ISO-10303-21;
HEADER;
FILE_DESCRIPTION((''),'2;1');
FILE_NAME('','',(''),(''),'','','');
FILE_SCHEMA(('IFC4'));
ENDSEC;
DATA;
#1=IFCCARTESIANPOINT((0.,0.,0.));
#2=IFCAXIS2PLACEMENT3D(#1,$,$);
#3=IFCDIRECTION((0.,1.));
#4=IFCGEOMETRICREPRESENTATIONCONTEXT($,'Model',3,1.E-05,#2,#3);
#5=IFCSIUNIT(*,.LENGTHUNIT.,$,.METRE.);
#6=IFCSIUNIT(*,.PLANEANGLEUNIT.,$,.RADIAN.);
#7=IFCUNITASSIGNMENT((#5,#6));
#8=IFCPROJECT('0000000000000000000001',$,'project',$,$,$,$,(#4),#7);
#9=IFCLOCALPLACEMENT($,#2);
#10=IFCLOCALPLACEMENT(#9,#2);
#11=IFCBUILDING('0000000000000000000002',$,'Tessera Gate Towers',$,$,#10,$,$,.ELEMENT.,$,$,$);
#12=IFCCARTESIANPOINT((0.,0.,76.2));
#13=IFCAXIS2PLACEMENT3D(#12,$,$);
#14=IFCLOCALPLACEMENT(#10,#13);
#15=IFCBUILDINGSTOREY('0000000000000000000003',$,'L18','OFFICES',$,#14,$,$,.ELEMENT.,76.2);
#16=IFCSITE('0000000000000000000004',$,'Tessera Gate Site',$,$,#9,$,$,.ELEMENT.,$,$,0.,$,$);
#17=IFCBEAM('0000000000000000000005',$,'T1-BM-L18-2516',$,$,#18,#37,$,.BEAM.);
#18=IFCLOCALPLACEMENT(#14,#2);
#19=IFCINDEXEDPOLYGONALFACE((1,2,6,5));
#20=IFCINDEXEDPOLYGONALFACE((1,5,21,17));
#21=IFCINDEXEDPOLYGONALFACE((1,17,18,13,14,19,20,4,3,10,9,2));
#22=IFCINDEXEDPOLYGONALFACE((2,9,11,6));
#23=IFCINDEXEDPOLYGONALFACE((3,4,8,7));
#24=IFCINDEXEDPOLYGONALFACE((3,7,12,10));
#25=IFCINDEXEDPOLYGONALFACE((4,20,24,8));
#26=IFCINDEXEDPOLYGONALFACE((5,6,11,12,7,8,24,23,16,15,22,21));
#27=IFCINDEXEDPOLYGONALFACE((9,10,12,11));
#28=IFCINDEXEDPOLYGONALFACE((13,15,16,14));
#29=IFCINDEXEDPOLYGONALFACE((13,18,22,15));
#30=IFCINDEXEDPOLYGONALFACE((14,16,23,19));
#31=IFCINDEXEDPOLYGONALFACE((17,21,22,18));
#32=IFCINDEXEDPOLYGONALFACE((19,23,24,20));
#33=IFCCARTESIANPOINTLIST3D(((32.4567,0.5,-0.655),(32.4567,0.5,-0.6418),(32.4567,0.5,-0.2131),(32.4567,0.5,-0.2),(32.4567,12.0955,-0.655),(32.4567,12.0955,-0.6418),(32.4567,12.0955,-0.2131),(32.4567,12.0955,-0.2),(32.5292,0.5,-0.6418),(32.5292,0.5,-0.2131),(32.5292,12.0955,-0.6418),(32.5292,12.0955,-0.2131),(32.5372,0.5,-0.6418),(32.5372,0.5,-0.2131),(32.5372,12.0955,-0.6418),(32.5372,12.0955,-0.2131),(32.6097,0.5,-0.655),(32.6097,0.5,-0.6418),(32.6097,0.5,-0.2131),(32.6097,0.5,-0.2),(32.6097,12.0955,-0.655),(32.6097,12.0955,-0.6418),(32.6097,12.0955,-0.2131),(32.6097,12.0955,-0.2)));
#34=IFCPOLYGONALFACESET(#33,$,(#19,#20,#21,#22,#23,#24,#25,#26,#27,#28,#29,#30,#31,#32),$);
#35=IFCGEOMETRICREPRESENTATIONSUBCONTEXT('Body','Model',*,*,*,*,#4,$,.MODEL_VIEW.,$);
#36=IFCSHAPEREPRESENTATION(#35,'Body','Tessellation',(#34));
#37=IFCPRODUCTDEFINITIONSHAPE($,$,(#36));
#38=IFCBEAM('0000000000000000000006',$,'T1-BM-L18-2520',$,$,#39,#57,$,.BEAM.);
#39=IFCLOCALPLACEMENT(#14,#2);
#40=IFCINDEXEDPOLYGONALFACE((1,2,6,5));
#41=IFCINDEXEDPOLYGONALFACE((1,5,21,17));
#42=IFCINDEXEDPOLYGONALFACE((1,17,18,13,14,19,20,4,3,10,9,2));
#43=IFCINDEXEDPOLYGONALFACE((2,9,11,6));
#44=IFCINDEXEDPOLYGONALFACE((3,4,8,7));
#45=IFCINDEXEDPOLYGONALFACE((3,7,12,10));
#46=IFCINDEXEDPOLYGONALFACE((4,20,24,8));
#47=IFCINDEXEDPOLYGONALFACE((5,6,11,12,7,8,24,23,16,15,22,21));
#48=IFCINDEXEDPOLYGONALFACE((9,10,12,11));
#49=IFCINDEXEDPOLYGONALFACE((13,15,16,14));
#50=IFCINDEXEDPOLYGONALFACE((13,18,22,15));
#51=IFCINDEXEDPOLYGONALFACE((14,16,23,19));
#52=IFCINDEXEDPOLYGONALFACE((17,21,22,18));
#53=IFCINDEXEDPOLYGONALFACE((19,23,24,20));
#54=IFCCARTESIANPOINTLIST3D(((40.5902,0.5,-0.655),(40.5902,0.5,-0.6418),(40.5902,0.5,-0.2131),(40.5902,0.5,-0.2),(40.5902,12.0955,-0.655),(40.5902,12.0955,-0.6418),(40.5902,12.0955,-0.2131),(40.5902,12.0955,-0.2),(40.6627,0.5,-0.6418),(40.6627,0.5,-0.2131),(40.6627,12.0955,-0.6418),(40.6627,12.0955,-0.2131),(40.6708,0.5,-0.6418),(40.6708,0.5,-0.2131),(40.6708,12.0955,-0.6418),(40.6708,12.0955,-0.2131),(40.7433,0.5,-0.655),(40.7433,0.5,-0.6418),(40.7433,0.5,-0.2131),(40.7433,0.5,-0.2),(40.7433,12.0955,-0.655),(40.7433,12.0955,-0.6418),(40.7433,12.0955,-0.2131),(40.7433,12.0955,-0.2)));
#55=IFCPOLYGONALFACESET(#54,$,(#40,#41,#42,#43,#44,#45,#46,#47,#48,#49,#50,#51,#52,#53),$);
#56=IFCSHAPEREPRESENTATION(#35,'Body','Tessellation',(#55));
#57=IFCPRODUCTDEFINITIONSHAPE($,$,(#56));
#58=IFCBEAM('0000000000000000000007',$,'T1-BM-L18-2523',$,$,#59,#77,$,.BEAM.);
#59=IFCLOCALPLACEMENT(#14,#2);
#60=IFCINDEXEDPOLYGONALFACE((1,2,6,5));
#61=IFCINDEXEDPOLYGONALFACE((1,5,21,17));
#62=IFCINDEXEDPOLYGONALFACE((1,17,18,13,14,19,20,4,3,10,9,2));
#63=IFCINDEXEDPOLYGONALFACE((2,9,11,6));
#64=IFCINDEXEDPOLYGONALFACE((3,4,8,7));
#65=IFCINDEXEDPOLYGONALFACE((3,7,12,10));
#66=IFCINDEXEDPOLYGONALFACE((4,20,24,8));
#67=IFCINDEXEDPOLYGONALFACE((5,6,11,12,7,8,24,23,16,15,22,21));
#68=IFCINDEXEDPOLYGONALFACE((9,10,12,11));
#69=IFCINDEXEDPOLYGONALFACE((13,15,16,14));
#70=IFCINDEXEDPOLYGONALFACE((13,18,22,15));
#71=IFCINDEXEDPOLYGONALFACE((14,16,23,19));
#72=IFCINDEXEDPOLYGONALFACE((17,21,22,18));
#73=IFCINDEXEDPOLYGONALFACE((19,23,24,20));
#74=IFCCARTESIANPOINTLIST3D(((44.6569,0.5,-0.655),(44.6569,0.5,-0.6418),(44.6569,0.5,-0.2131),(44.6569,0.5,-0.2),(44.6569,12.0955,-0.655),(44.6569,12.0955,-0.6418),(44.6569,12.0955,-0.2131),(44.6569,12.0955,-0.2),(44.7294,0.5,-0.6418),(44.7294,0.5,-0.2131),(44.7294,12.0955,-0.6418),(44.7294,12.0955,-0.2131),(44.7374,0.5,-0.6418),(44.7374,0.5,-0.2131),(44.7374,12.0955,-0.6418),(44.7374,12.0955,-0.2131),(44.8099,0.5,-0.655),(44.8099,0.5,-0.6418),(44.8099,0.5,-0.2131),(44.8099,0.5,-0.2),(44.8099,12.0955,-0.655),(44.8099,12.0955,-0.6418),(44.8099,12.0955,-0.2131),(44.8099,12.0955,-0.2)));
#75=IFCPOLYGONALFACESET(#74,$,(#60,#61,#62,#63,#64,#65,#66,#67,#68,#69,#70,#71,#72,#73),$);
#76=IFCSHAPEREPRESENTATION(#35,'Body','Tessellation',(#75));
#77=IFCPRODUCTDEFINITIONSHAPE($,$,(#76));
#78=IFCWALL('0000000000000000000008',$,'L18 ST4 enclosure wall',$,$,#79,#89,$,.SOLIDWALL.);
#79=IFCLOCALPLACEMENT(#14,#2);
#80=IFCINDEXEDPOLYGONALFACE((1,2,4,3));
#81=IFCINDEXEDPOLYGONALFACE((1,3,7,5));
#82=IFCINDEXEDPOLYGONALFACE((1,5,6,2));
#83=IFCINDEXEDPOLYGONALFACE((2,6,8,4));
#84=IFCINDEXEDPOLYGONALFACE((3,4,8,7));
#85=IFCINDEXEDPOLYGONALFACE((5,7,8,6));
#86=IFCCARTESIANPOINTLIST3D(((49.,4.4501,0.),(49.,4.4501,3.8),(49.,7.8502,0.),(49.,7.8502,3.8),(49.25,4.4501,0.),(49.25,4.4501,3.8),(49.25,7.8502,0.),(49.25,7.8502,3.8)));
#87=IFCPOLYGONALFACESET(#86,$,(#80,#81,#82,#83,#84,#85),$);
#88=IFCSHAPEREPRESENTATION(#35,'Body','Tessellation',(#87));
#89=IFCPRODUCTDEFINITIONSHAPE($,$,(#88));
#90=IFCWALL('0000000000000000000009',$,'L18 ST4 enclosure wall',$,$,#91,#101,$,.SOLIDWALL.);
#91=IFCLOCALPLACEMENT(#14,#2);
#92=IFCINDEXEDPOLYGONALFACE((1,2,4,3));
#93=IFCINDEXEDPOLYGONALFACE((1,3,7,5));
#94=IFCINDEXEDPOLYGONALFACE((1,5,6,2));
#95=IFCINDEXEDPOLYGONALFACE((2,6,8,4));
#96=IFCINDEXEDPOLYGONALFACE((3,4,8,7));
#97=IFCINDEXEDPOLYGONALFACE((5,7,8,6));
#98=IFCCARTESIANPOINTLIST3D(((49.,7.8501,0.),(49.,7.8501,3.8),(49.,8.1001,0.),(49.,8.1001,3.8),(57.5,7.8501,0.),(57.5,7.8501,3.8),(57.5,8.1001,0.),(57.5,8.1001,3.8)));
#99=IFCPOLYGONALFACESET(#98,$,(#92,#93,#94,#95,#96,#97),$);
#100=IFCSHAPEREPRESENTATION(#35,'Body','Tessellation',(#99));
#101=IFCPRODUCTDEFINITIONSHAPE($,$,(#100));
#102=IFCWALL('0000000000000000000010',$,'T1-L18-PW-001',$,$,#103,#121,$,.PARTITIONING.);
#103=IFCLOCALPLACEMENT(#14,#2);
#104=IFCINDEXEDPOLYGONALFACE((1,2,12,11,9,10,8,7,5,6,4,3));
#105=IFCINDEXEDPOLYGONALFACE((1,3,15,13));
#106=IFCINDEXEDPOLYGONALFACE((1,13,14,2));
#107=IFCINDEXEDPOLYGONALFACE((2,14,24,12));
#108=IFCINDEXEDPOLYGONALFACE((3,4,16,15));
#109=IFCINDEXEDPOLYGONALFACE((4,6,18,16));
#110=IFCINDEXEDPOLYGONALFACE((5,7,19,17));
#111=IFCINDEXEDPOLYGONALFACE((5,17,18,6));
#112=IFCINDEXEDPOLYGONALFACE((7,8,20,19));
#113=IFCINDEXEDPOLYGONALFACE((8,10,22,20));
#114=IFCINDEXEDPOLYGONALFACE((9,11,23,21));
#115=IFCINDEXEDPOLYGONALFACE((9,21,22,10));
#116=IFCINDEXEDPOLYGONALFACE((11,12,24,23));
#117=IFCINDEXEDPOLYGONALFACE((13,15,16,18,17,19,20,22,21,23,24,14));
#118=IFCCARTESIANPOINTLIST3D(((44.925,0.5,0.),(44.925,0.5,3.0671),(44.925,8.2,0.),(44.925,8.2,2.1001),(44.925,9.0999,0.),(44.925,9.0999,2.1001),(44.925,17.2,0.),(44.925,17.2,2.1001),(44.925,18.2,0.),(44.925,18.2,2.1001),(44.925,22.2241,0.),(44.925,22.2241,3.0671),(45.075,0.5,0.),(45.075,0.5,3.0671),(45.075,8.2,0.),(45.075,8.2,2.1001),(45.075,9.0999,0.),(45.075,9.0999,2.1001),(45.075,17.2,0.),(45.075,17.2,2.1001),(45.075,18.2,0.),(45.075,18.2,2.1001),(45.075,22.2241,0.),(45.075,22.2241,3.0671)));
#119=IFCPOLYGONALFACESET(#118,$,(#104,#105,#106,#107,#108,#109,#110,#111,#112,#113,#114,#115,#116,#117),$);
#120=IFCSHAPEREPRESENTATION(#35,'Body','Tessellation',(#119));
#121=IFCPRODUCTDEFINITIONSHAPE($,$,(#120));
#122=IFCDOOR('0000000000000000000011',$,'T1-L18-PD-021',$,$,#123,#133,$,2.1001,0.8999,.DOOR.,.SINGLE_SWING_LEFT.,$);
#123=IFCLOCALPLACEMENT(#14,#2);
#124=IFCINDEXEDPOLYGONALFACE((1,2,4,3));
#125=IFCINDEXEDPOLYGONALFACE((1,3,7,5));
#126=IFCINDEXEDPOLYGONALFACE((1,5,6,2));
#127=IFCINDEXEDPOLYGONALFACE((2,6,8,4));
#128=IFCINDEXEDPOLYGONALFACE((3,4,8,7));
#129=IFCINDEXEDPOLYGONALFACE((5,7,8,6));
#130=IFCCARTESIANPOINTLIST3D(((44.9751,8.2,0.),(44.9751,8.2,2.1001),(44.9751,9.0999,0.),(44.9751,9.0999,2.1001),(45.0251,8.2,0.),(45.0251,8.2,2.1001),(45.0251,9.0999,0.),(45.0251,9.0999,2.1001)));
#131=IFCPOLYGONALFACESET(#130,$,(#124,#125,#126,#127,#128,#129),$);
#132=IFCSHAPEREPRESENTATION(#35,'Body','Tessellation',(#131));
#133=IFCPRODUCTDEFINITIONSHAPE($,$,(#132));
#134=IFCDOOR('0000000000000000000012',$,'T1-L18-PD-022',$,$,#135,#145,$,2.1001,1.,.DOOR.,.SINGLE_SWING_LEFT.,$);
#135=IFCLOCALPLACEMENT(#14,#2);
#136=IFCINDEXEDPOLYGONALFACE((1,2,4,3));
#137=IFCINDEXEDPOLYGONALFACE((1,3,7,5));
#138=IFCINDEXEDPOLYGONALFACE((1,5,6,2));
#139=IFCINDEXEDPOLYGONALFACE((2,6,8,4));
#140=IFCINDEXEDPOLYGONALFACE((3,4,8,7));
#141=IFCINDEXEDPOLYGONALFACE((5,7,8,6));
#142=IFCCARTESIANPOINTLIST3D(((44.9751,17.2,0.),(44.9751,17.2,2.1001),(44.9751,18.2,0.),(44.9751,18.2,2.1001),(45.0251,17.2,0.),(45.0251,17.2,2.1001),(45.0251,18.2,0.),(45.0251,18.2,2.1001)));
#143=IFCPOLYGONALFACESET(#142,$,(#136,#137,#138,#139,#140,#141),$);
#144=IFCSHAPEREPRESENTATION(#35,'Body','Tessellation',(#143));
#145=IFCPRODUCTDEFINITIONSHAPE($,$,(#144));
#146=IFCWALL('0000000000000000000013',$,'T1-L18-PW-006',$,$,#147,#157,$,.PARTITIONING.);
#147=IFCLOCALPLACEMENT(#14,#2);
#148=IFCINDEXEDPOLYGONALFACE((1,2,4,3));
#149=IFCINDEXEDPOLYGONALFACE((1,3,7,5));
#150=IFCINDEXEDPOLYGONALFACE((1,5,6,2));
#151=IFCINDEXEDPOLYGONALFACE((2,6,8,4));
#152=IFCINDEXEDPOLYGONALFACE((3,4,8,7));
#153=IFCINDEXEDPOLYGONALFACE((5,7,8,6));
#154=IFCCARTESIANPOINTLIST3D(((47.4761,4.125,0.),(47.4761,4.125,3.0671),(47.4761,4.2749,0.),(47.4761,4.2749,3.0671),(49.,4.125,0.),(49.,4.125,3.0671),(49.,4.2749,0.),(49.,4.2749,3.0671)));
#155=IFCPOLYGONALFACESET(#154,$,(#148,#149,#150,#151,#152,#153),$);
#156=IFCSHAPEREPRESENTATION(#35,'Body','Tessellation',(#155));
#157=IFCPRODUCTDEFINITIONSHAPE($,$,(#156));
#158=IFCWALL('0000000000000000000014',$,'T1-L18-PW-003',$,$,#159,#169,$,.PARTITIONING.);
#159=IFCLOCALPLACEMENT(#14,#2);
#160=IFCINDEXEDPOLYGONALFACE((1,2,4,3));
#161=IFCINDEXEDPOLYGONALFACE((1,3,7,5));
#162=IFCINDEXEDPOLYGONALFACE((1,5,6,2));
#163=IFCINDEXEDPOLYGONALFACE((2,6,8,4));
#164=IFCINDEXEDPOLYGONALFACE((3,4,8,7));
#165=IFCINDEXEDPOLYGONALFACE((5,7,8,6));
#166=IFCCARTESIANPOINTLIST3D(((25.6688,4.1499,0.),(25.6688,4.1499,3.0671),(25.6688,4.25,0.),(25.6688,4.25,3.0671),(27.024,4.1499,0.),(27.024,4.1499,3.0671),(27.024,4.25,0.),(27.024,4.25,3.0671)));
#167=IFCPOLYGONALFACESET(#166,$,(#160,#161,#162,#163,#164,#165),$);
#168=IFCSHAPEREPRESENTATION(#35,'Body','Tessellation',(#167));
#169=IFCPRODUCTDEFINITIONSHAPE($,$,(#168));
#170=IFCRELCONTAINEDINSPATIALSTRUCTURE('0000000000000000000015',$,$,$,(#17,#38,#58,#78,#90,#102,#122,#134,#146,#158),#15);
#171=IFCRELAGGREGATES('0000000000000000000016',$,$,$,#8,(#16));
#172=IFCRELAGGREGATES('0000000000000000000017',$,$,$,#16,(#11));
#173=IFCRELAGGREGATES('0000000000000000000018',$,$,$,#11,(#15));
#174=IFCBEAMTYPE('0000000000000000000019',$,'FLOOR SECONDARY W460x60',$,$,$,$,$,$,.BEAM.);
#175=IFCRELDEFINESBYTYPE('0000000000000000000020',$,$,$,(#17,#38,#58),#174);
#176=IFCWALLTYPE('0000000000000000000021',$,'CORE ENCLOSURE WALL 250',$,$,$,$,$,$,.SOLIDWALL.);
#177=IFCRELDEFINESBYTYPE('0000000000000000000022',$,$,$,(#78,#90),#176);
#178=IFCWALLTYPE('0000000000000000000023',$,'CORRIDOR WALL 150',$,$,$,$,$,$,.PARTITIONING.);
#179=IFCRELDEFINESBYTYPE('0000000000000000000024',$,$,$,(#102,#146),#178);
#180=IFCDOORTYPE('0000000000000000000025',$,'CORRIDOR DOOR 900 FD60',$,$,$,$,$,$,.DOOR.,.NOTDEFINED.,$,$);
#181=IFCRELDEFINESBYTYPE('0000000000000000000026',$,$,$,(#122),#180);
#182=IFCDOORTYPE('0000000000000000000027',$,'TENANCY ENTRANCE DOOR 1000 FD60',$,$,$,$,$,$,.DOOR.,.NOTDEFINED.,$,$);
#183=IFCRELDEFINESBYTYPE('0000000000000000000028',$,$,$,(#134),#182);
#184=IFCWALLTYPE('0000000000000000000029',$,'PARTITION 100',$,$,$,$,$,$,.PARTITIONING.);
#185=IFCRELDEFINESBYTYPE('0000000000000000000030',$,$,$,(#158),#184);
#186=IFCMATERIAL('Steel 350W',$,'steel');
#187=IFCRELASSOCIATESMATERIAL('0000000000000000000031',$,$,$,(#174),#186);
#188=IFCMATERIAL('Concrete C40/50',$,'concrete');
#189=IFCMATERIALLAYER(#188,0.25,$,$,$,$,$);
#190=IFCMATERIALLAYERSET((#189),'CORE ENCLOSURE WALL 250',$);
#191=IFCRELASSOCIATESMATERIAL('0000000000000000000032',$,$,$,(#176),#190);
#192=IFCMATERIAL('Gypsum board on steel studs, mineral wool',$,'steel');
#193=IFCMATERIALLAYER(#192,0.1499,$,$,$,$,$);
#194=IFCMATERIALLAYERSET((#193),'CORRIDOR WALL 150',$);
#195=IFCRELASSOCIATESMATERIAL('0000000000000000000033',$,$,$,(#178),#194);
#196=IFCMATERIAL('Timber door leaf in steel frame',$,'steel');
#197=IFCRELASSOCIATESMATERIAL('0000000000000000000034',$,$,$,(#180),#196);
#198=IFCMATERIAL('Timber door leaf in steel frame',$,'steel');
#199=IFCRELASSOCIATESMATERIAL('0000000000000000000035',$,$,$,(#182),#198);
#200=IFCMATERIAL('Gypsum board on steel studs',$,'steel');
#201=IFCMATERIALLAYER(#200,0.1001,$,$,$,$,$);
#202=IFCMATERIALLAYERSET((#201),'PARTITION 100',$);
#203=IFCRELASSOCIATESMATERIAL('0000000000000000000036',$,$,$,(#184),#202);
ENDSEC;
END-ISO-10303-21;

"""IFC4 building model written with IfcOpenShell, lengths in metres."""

from ifc_helpers import new_model, si_unit, direction, frame, frame_2d, origin, origin_2d, place, context, subcontext, project, spatial, rectangle, i_section, extrude, source, transform, mapped, material, layer, layer_set, material_profile, profile_set, type_object, element, fill, save


model = new_model("IFC4")

# Units and contexts
model_context = context("Model", 3, precision=1e-05, world=origin(), true_north=direction((0.0, 1.0)))
body_context = subcontext(model_context, "Body", "Model", "MODEL_VIEW")
ifc_project = project(units=[si_unit("LENGTHUNIT", "METRE"), si_unit("PLANEANGLEUNIT", "RADIAN")], contexts=[model_context])

# Site, building, storey
site_placement = place(None, origin())
site = spatial("IfcSite", under=ifc_project, at=site_placement, Name="Tessera Gate Site", CompositionType="ELEMENT", RefElevation=0.0)
building_placement = place(site_placement, origin())
building = spatial("IfcBuilding", under=site, at=building_placement, Name="Tessera Gate Towers", CompositionType="ELEMENT")
storey_placement = place(building_placement, frame((0.0, 0.0, 76.2)))
storey = spatial("IfcBuildingStorey", under=building, at=storey_placement, Name="L18", Description="OFFICES", CompositionType="ELEMENT", Elevation=76.2)

# Beams
ifc_material_1 = material(Name="Steel 350W", Category="steel")
ifc_material_profile_1 = material_profile(ifc_material_1, i_section(OverallWidth=0.1531, OverallDepth=0.4551, WebThickness=0.0081, FlangeThickness=0.0132, at=origin_2d()), Name="W460x60")
ifc_profile_set_1 = profile_set([ifc_material_profile_1], Name="Steel 350W")
beam_type_1 = type_object("IfcBeamType", Name="FLOOR SECONDARY W460x60", PredefinedType="BEAM", material=ifc_profile_set_1)
for number, where, z_axis, x_axis, name in (
    (1, (32.5332, 0.5, -0.4275), (0.0, 1.0, 0.0), (-1.0, 0.0, 0.0), "T1-BM-L18-2516"),
    (2, (40.6667, 0.5, -0.4275), (0.0, 1.0, 0.0), (-1.0, 0.0, 0.0), "T1-BM-L18-2520"),
    (3, (44.7334, 0.5, -0.4275), (0.0, 1.0, 0.0), (-1.0, 0.0, 0.0), "T1-BM-L18-2523"),
):
    element("IfcBeam", number, at=place(storey_placement, frame(where, z_axis=z_axis, x_axis=x_axis)), inside=storey, type_object=beam_type_1, Name=name, PredefinedType="BEAM", context=body_context, shape_type="SweptSolid", body=[
        extrude(i_section(OverallWidth=0.1531, OverallDepth=0.4551, WebThickness=0.0081, FlangeThickness=0.0132, at=origin_2d()), origin(), (0.0, 0.0, 1.0), 11.5955),
    ])

# Walls
ifc_material_2 = material(Name="Concrete C40/50", Category="concrete")
ifc_layer_1 = layer(ifc_material_2, 0.25)
ifc_layer_set_1 = layer_set([ifc_layer_1], Name="CORE ENCLOSURE WALL 250")
wall_type_1 = type_object("IfcWallType", Name="CORE ENCLOSURE WALL 250", PredefinedType="SOLIDWALL", material=ifc_layer_set_1)
wall_1_placement = place(storey_placement, frame((49.125, 4.45, 0.0), z_axis=(0.0, 0.0, 1.0), x_axis=(0.0, 1.0, 0.0)))
element("IfcWall", 4, at=wall_1_placement, inside=storey, type_object=wall_type_1, Name="L18 ST4 enclosure wall", PredefinedType="SOLIDWALL", context=body_context, shape_type="SweptSolid", body=[
    extrude(rectangle(XDim=3.4001, YDim=0.25, at=frame_2d((1.7002, 0.0))), origin(), (0.0, 0.0, 1.0), 3.8),
])
wall_2_placement = place(storey_placement, frame((49.0, 7.9751, 0.0), z_axis=(0.0, 0.0, 1.0), x_axis=(1.0, 0.0, 0.0)))
element("IfcWall", 5, at=wall_2_placement, inside=storey, type_object=wall_type_1, Name="L18 ST4 enclosure wall", PredefinedType="SOLIDWALL", context=body_context, shape_type="SweptSolid", body=[
    extrude(rectangle(XDim=8.5, YDim=0.25, at=frame_2d((4.25, 0.0))), origin(), (0.0, 0.0, 1.0), 3.8),
])

# Wall, openings, doors
ifc_material_3 = material(Name="Gypsum board on steel studs, mineral wool", Category="steel")
ifc_layer_2 = layer(ifc_material_3, 0.1499)
ifc_layer_set_2 = layer_set([ifc_layer_2], Name="CORRIDOR WALL 150")
wall_type_2 = type_object("IfcWallType", Name="CORRIDOR WALL 150", PredefinedType="PARTITIONING", material=ifc_layer_set_2)
wall_3_placement = place(storey_placement, frame((45.0, 0.5, 0.0), z_axis=(0.0, 0.0, 1.0), x_axis=(0.0, 1.0, 0.0)))
wall_3 = element("IfcWall", 6, at=wall_3_placement, inside=storey, type_object=wall_type_2, Name="T1-L18-PW-001", PredefinedType="PARTITIONING", context=body_context, shape_type="SweptSolid", body=[
    extrude(rectangle(XDim=21.7241, YDim=0.1499, at=frame_2d((10.8621, 0.0))), origin(), (0.0, 0.0, 1.0), 3.0671),
])
shared_shape_1 = source(origin(), body_context, "Body", "SweptSolid", [
    extrude(rectangle(XDim=0.8999, YDim=2.1001, at=frame_2d((0.45, 1.05))), frame((0.0, 0.085, 0.0), z_axis=(0.0, -1.0, 0.0), x_axis=(1.0, 0.0, 0.0)), (0.0, 0.0, 1.0), 0.1699),
])
opening_1_placement = place(wall_3_placement, frame((7.7, 0.0, 0.0)))
opening_1 = element("IfcOpeningElement", 7, at=opening_1_placement, cuts=wall_3, PredefinedType="OPENING", context=body_context, shape_type="MappedRepresentation", body=[
    mapped(shared_shape_1, transform((0.0, 0.0, 0.0), scale=1.0)),
])
shared_shape_2 = source(origin(), body_context, "Body", "SweptSolid", [
    extrude(rectangle(XDim=1.0, YDim=2.1001, at=frame_2d((0.5, 1.05))), frame((0.0, 0.085, 0.0), z_axis=(0.0, -1.0, 0.0), x_axis=(1.0, 0.0, 0.0)), (0.0, 0.0, 1.0), 0.1699),
])
opening_2_placement = place(wall_3_placement, frame((16.7, 0.0, 0.0)))
opening_2 = element("IfcOpeningElement", 8, at=opening_2_placement, cuts=wall_3, PredefinedType="OPENING", context=body_context, shape_type="MappedRepresentation", body=[
    mapped(shared_shape_2, transform((0.0, 0.0, 0.0), scale=1.0)),
])
ifc_material_4 = material(Name="Timber door leaf in steel frame", Category="steel")
door_type_1 = type_object("IfcDoorType", Name="CORRIDOR DOOR 900 FD60", OperationType="NOTDEFINED", PredefinedType="DOOR", material=ifc_material_4)
shared_shape_3 = source(origin(), body_context, "Body", "SweptSolid", [
    extrude(rectangle(XDim=0.8999, YDim=2.1001, at=frame_2d((0.45, 1.05))), frame((0.0, 0.0249, 0.0), z_axis=(0.0, -1.0, 0.0), x_axis=(1.0, 0.0, 0.0)), (0.0, 0.0, 1.0), 0.05),
])
door_1_placement = place(opening_1_placement, origin())
door_1 = element("IfcDoor", 9, at=door_1_placement, inside=storey, type_object=door_type_1, Name="T1-L18-PD-021", OperationType="SINGLE_SWING_LEFT", OverallHeight=2.1001, OverallWidth=0.8999, PredefinedType="DOOR", context=body_context, shape_type="MappedRepresentation", body=[
    mapped(shared_shape_3, transform((0.0, 0.0, 0.0), scale=1.0)),
])
fill(opening_1, door_1)
ifc_material_5 = material(Name="Timber door leaf in steel frame", Category="steel")
door_type_2 = type_object("IfcDoorType", Name="TENANCY ENTRANCE DOOR 1000 FD60", OperationType="NOTDEFINED", PredefinedType="DOOR", material=ifc_material_5)
shared_shape_4 = source(origin(), body_context, "Body", "SweptSolid", [
    extrude(rectangle(XDim=1.0, YDim=2.1001, at=frame_2d((0.5, 1.05))), frame((0.0, 0.0249, 0.0), z_axis=(0.0, -1.0, 0.0), x_axis=(1.0, 0.0, 0.0)), (0.0, 0.0, 1.0), 0.05),
])
door_2_placement = place(opening_2_placement, origin())
door_2 = element("IfcDoor", 10, at=door_2_placement, inside=storey, type_object=door_type_2, Name="T1-L18-PD-022", OperationType="SINGLE_SWING_LEFT", OverallHeight=2.1001, OverallWidth=1.0, PredefinedType="DOOR", context=body_context, shape_type="MappedRepresentation", body=[
    mapped(shared_shape_4, transform((0.0, 0.0, 0.0), scale=1.0)),
])
fill(opening_2, door_2)

# Walls
wall_4_placement = place(storey_placement, frame((47.4761, 4.2, 0.0), z_axis=(0.0, 0.0, 1.0), x_axis=(1.0, 0.0, 0.0)))
element("IfcWall", 11, at=wall_4_placement, inside=storey, type_object=wall_type_2, Name="T1-L18-PW-006", PredefinedType="PARTITIONING", context=body_context, shape_type="SweptSolid", body=[
    extrude(rectangle(XDim=1.5239, YDim=0.1499, at=frame_2d((0.762, 0.0))), origin(), (0.0, 0.0, 1.0), 3.0671),
])
ifc_material_6 = material(Name="Gypsum board on steel studs", Category="steel")
ifc_layer_3 = layer(ifc_material_6, 0.1001)
ifc_layer_set_3 = layer_set([ifc_layer_3], Name="PARTITION 100")
wall_type_3 = type_object("IfcWallType", Name="PARTITION 100", PredefinedType="PARTITIONING", material=ifc_layer_set_3)
wall_5_placement = place(storey_placement, frame((25.6687, 4.2, 0.0), z_axis=(0.0, 0.0, 1.0), x_axis=(1.0, 0.0, 0.0)))
element("IfcWall", 12, at=wall_5_placement, inside=storey, type_object=wall_type_3, Name="T1-L18-PW-003", PredefinedType="PARTITIONING", context=body_context, shape_type="SweptSolid", body=[
    extrude(rectangle(XDim=1.3552, YDim=0.1001, at=frame_2d((0.6777, 0.0))), origin(), (0.0, 0.0, 1.0), 3.0671),
])

save(model, "model.ifc")
